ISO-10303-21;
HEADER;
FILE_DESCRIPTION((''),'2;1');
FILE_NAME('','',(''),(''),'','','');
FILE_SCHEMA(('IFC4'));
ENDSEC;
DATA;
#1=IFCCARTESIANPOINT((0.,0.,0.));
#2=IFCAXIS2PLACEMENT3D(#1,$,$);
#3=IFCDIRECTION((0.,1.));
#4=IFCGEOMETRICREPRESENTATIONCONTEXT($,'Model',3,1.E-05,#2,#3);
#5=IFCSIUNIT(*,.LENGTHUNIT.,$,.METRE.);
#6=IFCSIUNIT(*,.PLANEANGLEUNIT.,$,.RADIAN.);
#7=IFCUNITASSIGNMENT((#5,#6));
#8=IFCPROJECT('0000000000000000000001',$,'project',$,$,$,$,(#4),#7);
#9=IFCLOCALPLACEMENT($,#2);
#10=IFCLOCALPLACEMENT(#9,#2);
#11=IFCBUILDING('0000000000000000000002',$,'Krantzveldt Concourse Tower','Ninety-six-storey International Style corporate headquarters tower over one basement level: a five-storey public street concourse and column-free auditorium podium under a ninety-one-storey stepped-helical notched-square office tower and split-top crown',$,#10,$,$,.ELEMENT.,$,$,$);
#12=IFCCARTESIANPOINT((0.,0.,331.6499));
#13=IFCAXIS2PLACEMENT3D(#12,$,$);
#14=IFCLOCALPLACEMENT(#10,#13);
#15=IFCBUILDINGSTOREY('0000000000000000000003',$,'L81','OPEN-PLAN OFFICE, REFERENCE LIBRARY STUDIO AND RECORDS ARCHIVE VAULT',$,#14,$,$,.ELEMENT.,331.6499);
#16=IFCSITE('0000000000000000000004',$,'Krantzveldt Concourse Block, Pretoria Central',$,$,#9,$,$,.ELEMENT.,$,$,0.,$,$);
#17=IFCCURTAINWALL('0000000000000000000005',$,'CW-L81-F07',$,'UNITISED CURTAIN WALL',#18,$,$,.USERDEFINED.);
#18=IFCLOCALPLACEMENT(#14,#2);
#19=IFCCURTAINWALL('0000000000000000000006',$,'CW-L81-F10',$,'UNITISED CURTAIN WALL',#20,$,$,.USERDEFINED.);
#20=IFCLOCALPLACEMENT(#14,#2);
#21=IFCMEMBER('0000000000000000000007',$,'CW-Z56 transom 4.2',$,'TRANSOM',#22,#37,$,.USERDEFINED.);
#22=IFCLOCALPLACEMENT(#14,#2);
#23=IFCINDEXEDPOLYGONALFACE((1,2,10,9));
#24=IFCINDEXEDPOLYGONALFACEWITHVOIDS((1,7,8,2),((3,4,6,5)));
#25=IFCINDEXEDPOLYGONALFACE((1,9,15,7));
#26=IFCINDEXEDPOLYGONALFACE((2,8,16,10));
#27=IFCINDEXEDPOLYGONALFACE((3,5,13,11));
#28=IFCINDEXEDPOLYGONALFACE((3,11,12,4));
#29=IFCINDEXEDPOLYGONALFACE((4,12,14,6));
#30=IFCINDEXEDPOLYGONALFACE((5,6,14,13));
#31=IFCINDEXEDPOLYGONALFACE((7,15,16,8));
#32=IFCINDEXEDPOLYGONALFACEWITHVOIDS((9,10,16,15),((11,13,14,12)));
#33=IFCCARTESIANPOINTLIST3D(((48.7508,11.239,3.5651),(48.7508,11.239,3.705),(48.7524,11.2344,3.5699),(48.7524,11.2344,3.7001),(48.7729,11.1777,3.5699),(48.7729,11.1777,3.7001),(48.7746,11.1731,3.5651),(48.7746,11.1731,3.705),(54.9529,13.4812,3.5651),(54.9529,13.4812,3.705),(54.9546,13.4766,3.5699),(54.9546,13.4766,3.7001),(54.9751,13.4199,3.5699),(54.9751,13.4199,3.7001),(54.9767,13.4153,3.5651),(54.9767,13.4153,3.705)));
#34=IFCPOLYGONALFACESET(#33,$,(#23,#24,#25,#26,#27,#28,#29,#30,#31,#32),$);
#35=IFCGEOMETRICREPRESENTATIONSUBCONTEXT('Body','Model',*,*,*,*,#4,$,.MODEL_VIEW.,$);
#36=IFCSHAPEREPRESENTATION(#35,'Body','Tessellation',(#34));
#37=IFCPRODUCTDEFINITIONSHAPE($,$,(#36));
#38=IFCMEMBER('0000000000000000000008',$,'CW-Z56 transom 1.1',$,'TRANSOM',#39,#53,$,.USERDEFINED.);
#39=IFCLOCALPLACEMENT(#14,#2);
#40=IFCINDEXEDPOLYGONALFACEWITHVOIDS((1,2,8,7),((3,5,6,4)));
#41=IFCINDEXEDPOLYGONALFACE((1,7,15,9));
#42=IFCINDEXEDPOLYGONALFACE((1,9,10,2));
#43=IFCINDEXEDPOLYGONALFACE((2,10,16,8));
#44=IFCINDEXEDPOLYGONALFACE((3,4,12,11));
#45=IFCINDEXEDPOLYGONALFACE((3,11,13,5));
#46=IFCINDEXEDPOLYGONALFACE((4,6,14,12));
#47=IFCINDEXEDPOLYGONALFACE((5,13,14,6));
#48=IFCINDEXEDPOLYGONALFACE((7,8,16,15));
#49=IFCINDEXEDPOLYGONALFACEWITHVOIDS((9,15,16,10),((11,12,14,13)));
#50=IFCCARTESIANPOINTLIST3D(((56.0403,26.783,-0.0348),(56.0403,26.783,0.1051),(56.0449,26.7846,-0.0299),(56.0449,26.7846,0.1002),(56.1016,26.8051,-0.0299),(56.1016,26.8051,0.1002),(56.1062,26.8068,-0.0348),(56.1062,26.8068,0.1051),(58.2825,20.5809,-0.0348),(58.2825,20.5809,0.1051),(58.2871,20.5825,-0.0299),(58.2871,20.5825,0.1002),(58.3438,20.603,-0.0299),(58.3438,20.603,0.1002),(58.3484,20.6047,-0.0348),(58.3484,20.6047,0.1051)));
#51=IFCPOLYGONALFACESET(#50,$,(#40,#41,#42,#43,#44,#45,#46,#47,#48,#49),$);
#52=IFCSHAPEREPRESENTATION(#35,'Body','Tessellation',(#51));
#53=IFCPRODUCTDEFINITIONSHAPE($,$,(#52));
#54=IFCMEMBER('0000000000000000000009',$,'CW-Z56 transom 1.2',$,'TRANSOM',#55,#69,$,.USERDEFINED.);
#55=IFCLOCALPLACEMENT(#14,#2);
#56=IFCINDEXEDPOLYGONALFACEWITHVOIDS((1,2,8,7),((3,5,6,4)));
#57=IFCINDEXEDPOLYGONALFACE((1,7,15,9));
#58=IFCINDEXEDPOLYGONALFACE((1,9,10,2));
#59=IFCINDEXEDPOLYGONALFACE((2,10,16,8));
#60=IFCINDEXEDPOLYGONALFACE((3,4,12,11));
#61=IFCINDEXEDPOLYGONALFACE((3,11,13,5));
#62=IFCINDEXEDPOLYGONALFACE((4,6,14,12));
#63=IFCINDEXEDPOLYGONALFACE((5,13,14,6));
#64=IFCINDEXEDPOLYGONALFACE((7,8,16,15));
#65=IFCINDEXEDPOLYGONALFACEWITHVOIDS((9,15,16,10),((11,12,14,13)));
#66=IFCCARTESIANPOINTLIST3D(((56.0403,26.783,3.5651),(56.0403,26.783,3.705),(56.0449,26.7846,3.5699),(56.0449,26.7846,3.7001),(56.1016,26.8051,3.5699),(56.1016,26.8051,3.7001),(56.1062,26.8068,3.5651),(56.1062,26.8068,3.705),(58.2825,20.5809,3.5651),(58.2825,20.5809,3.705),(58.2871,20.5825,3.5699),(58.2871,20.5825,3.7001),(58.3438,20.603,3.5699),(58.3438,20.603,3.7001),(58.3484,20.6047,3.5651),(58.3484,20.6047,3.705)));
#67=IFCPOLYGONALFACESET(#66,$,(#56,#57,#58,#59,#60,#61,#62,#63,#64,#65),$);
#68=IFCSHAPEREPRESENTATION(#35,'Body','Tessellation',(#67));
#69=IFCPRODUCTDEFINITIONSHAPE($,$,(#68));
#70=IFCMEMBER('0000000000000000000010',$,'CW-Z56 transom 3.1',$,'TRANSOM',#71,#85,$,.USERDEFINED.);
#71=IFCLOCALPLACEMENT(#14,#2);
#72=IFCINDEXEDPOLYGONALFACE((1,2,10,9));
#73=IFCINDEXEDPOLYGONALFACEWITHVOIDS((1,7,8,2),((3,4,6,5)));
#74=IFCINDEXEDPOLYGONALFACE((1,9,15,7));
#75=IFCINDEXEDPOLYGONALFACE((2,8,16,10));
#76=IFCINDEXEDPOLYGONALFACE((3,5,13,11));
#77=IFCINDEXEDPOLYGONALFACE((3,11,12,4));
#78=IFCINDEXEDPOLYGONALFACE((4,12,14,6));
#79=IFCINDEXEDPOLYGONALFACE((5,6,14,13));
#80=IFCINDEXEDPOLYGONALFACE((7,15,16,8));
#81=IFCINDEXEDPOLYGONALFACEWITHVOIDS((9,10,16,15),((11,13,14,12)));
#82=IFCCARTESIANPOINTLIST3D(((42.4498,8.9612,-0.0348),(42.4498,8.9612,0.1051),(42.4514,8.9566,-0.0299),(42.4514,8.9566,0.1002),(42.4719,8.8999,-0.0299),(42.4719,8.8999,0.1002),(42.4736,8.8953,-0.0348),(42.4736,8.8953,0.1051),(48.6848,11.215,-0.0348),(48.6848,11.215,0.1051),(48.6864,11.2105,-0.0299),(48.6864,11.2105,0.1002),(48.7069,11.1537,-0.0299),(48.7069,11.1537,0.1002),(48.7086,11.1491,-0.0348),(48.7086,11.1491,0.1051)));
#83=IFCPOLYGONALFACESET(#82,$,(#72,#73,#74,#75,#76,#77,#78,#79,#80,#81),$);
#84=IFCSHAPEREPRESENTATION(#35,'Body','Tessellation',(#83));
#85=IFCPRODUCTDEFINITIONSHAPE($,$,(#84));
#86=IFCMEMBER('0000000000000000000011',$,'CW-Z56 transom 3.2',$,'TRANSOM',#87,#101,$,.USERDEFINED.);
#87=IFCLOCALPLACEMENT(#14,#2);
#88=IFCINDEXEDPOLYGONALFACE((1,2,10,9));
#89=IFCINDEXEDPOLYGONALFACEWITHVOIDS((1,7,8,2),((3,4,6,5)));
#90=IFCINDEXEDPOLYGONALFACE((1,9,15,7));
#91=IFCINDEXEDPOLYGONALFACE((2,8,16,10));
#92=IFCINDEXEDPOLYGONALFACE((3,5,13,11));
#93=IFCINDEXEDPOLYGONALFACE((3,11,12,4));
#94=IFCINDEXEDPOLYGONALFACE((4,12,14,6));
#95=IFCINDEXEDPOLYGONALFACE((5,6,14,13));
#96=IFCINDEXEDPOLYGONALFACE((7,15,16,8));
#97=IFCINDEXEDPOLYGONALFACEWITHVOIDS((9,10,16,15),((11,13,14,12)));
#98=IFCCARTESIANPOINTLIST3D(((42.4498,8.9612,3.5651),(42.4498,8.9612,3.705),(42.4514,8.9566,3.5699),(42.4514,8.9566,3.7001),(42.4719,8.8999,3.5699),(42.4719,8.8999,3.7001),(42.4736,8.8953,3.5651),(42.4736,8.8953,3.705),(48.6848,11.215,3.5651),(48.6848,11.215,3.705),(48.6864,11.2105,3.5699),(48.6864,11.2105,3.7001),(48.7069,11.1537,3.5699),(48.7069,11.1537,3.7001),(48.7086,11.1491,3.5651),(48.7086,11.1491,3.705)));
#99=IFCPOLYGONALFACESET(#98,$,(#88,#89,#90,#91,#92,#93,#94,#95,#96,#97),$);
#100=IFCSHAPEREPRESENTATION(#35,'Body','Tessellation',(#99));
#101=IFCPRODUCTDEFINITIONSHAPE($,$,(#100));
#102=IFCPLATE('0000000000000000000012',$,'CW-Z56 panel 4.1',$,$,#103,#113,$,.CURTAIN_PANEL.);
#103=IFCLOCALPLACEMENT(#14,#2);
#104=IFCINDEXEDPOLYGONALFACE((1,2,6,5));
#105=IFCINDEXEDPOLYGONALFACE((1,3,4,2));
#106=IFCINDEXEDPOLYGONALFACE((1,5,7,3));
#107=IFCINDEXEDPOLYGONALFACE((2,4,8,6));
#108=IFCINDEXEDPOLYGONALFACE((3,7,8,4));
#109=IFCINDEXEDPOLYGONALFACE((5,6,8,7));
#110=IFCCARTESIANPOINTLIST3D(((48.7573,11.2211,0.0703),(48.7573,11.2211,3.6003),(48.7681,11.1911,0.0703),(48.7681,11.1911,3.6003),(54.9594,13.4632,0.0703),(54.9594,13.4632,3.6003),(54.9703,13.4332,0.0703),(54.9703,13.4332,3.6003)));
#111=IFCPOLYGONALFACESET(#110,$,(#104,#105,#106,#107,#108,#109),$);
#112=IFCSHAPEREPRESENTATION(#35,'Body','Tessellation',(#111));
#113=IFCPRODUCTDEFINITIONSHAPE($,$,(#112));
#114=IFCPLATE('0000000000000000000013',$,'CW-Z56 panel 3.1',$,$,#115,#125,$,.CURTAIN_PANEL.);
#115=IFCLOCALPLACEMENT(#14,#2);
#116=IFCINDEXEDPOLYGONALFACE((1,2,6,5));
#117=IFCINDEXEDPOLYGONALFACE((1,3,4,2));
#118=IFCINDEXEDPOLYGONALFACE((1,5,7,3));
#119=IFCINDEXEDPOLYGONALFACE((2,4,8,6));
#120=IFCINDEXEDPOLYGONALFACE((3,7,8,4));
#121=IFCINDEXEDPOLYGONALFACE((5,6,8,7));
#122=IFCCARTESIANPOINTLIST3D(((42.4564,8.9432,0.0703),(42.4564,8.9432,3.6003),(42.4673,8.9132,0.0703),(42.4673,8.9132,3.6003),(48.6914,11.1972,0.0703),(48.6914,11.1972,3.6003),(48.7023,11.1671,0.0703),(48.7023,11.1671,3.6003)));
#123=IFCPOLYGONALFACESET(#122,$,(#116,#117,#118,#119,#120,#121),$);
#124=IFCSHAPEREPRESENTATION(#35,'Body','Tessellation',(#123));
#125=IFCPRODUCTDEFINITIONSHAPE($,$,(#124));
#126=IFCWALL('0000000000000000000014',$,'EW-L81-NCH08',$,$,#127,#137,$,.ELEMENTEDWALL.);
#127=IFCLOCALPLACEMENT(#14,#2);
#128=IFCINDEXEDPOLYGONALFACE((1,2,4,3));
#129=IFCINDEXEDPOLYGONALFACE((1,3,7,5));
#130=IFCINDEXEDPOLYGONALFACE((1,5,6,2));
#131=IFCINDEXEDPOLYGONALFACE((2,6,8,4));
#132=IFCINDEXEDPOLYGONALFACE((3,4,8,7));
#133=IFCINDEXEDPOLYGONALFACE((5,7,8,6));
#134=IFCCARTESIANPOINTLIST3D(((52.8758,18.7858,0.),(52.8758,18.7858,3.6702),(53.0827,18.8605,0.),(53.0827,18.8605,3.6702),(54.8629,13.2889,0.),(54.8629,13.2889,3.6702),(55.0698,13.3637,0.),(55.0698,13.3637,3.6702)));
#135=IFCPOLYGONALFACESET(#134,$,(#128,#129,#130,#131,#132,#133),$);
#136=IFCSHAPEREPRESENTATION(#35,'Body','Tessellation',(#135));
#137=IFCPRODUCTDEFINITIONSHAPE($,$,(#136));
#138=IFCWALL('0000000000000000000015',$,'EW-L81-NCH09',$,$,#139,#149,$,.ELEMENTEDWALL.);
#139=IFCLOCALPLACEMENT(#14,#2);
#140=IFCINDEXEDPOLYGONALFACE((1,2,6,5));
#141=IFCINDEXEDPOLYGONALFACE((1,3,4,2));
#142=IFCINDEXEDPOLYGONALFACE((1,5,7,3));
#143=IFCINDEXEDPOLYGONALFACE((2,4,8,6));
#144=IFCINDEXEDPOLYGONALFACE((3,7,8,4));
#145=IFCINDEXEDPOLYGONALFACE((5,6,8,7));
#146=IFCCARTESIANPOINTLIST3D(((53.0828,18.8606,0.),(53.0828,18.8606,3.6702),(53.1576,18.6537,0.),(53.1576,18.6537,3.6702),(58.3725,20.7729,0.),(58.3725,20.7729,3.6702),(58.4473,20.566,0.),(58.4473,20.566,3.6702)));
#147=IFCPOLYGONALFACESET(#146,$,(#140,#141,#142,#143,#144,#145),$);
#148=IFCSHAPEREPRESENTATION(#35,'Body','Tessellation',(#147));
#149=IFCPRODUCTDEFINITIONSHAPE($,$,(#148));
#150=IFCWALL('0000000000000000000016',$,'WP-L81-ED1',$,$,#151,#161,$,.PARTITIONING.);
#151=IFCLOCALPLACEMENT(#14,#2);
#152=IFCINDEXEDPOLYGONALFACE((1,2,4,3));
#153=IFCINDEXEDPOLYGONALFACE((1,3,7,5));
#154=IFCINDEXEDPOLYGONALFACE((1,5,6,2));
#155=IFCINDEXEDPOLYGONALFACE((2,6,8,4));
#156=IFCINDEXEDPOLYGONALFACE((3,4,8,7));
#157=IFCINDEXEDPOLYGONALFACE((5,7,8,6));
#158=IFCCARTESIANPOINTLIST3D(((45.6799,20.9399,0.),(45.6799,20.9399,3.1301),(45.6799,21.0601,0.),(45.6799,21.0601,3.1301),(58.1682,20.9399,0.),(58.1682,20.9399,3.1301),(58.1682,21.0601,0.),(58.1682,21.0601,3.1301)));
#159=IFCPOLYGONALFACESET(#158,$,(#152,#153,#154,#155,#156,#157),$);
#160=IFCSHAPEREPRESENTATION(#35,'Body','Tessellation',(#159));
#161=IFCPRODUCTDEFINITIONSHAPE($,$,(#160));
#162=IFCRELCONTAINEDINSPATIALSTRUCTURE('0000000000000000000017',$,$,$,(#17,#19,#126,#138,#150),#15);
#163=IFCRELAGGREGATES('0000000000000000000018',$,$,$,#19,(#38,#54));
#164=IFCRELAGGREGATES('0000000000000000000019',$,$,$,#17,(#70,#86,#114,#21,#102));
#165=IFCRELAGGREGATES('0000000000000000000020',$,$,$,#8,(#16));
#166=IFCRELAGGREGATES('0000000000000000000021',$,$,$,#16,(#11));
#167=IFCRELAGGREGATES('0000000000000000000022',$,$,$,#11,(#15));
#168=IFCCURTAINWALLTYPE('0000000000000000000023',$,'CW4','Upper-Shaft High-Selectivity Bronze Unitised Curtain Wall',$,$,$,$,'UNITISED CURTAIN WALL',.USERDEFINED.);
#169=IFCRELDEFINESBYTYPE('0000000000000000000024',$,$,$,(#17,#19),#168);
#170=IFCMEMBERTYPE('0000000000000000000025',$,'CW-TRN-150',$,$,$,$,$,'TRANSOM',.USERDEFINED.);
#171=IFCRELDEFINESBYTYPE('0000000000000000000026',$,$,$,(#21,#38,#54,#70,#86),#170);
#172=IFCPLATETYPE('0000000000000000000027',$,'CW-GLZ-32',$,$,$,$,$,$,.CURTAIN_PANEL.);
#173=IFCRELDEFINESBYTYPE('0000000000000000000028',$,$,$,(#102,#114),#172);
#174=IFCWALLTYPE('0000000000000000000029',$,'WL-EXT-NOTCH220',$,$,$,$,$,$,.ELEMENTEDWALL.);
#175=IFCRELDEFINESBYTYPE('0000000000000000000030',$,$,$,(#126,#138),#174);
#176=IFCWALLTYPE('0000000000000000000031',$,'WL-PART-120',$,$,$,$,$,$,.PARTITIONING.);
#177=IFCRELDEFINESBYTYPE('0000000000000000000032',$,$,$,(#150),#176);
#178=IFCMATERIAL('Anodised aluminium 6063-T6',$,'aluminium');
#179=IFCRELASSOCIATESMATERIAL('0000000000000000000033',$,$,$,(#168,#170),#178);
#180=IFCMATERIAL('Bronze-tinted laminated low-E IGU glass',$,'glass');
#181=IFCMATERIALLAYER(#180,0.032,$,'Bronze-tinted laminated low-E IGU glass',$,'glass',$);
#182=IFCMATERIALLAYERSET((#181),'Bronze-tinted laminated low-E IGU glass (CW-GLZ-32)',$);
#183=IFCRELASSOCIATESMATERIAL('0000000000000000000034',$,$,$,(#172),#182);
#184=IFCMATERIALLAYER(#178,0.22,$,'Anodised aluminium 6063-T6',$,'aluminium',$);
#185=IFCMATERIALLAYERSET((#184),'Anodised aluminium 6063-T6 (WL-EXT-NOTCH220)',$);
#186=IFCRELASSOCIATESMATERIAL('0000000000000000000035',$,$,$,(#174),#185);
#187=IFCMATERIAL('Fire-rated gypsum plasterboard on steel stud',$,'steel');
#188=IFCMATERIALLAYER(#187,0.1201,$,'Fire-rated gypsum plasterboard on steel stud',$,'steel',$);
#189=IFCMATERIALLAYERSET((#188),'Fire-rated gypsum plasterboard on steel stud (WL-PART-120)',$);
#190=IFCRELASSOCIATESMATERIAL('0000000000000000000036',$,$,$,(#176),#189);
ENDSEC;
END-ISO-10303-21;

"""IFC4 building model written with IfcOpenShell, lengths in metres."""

from ifc_helpers import new_model, si_unit, direction, frame, frame_2d, origin, origin_2d, place, context, subcontext, project, spatial, rectangle, hollow_rectangle, extrude, source, transform, mapped, material, layer, layer_set, material_profile, profile_set, type_object, type_shapes, element, aggregate, save


model = new_model("IFC4")

# Units and contexts
model_context = context("Model", 3, precision=1e-05, world=origin(), true_north=direction((0.0, 1.0)))
body_context = subcontext(model_context, "Body", "Model", "MODEL_VIEW")
ifc_project = project(units=[si_unit("LENGTHUNIT", "METRE"), si_unit("PLANEANGLEUNIT", "RADIAN")], contexts=[model_context])

# Site, building, storey
site_placement = place(None, origin())
site = spatial("IfcSite", under=ifc_project, at=site_placement, Name="Krantzveldt Concourse Block, Pretoria Central", CompositionType="ELEMENT", RefElevation=0.0)
building_placement = place(site_placement, origin())
building = spatial("IfcBuilding", under=site, at=building_placement, Name="Krantzveldt Concourse Tower", Description="Ninety-six-storey International Style corporate headquarters tower over one basement level: a five-storey public street concourse and column-free auditorium podium under a ninety-one-storey stepped-helical notched-square office tower and split-top crown", CompositionType="ELEMENT")
storey_placement = place(building_placement, frame((0.0, 0.0, 331.6499)))
storey = spatial("IfcBuildingStorey", under=building, at=storey_placement, Name="L81", Description="OPEN-PLAN OFFICE, REFERENCE LIBRARY STUDIO AND RECORDS ARCHIVE VAULT", CompositionType="ELEMENT", Elevation=331.6499)

# Curtain wall
ifc_material_1 = material(Name="Anodised aluminium 6063-T6", Category="aluminium")
curtain_wall_type = type_object("IfcCurtainWallType", Name="CW4", Description="Upper-Shaft High-Selectivity Bronze Unitised Curtain Wall", ElementType="UNITISED CURTAIN WALL", PredefinedType="USERDEFINED", material=ifc_material_1)
curtain_wall_1_placement = place(storey_placement, origin())
curtain_wall_1 = element("IfcCurtainWall", 1, at=curtain_wall_1_placement, inside=storey, type_object=curtain_wall_type, Name="CW-L81-F07", ObjectType="UNITISED CURTAIN WALL", PredefinedType="USERDEFINED")

# Curtain wall
curtain_wall_2_placement = place(storey_placement, origin())
curtain_wall_2 = element("IfcCurtainWall", 2, at=curtain_wall_2_placement, inside=storey, type_object=curtain_wall_type, Name="CW-L81-F10", ObjectType="UNITISED CURTAIN WALL", PredefinedType="USERDEFINED")

# Members
ifc_material_profile_1 = material_profile(ifc_material_1, hollow_rectangle(XDim=0.0701, YDim=0.1399, WallThickness=0.0049, at=origin_2d()), Name="Anodised aluminium 6063-T6", Category="aluminium")
ifc_profile_set_1 = profile_set([ifc_material_profile_1], Name="Anodised aluminium 6063-T6 - ALU-TRAN 140x70x5")
member_type_1 = type_object("IfcMemberType", Name="CW-TRN-150", ElementType="TRANSOM", PredefinedType="USERDEFINED", material=ifc_profile_set_1)
shared_shape_1 = source(origin(), body_context, "Body", "SweptSolid", [
    extrude(hollow_rectangle(XDim=0.0701, YDim=0.1399, WallThickness=0.0049, at=origin_2d()), origin(), (0.0, 0.0, 1.0), 6.595),
])
member_1_placement = place(storey_placement, frame((48.7627, 11.2061, 3.635), z_axis=(0.940432, 0.339983, 0.0), x_axis=(-0.339983, 0.940432, 0.0)))
member_1 = element("IfcMember", 3, at=member_1_placement, type_object=member_type_1, Name="CW-Z56 transom 4.2", ObjectType="TRANSOM", PredefinedType="USERDEFINED", context=body_context, shape_type="MappedRepresentation", body=[
    mapped(shared_shape_1, transform((0.0, 0.0, 0.0), x_axis=(1.0, 0.0, 0.0), y_axis=(0.0, 1.0, 0.0), z_axis=(0.0, 0.0, 1.0), scale=1.0)),
])
member_2_placement = place(storey_placement, frame((58.3154, 20.5928, 0.0352), z_axis=(-0.339983, 0.940432, 0.0), x_axis=(-0.940432, -0.339983, 0.0)))
member_2 = element("IfcMember", 4, at=member_2_placement, type_object=member_type_1, Name="CW-Z56 transom 1.1", ObjectType="TRANSOM", PredefinedType="USERDEFINED", context=body_context, shape_type="MappedRepresentation", body=[
    mapped(shared_shape_1, transform((0.0, 0.0, 0.0), x_axis=(1.0, 0.0, 0.0), y_axis=(0.0, 1.0, 0.0), z_axis=(0.0, 0.0, 1.0), scale=1.0)),
])
member_3_placement = place(storey_placement, frame((58.3154, 20.5928, 3.635), z_axis=(-0.339983, 0.940432, 0.0), x_axis=(-0.940432, -0.339983, 0.0)))
member_3 = element("IfcMember", 5, at=member_3_placement, type_object=member_type_1, Name="CW-Z56 transom 1.2", ObjectType="TRANSOM", PredefinedType="USERDEFINED", context=body_context, shape_type="MappedRepresentation", body=[
    mapped(shared_shape_1, transform((0.0, 0.0, 0.0), x_axis=(1.0, 0.0, 0.0), y_axis=(0.0, 1.0, 0.0), z_axis=(0.0, 0.0, 1.0), scale=1.0)),
])
aggregate(curtain_wall_2, [member_2, member_3])
shared_shape_2 = source(origin(), body_context, "Body", "SweptSolid", [
    extrude(hollow_rectangle(XDim=0.0701, YDim=0.1399, WallThickness=0.0049, at=origin_2d()), origin(), (0.0, 0.0, 1.0), 6.6299),
])
type_shapes(member_type_1, [shared_shape_1, shared_shape_2])
member_4_placement = place(storey_placement, frame((42.4617, 8.9282, 0.0352), z_axis=(0.940441, 0.339957, 0.0), x_axis=(-0.339957, 0.940441, 0.0)))
member_4 = element("IfcMember", 6, at=member_4_placement, type_object=member_type_1, Name="CW-Z56 transom 3.1", ObjectType="TRANSOM", PredefinedType="USERDEFINED", context=body_context, shape_type="MappedRepresentation", body=[
    mapped(shared_shape_2, transform((0.0, 0.0, 0.0), x_axis=(1.0, 0.0, 0.0), y_axis=(0.0, 1.0, 0.0), z_axis=(0.0, 0.0, 1.0), scale=1.0)),
])
member_5_placement = place(storey_placement, frame((42.4617, 8.9282, 3.635), z_axis=(0.940441, 0.339957, 0.0), x_axis=(-0.339957, 0.940441, 0.0)))
member_5 = element("IfcMember", 7, at=member_5_placement, type_object=member_type_1, Name="CW-Z56 transom 3.2", ObjectType="TRANSOM", PredefinedType="USERDEFINED", context=body_context, shape_type="MappedRepresentation", body=[
    mapped(shared_shape_2, transform((0.0, 0.0, 0.0), x_axis=(1.0, 0.0, 0.0), y_axis=(0.0, 1.0, 0.0), z_axis=(0.0, 0.0, 1.0), scale=1.0)),
])

# Plates
ifc_material_2 = material(Name="Bronze-tinted laminated low-E IGU glass", Category="glass")
ifc_layer_1 = layer(ifc_material_2, 0.032, Name="Bronze-tinted laminated low-E IGU glass", Category="glass")
ifc_layer_set_1 = layer_set([ifc_layer_1], Name="Bronze-tinted laminated low-E IGU glass (CW-GLZ-32)")
plate_type = type_object("IfcPlateType", Name="CW-GLZ-32", PredefinedType="CURTAIN_PANEL", material=ifc_layer_set_1)
shared_shape_3 = source(origin(), body_context, "Body", "SweptSolid", [
    extrude(rectangle(XDim=6.595, YDim=0.032, at=origin_2d()), origin(), (0.0, 0.0, 1.0), 3.53),
])
plate_1_placement = place(storey_placement, frame((51.8638, 12.3271, 0.0703), z_axis=(0.0, 0.0, 1.0), x_axis=(0.940437, 0.339969, 0.0)))
plate_1 = element("IfcPlate", 8, at=plate_1_placement, type_object=plate_type, Name="CW-Z56 panel 4.1", PredefinedType="CURTAIN_PANEL", context=body_context, shape_type="MappedRepresentation", body=[
    mapped(shared_shape_3, transform((0.0, 0.0, 0.0), x_axis=(1.0, 0.0, 0.0), y_axis=(0.0, 1.0, 0.0), z_axis=(0.0, 0.0, 1.0), scale=1.0)),
])
shared_shape_4 = source(origin(), body_context, "Body", "SweptSolid", [
    extrude(rectangle(XDim=6.6299, YDim=0.032, at=origin_2d()), origin(), (0.0, 0.0, 1.0), 3.53),
])
type_shapes(plate_type, [shared_shape_3, shared_shape_4])
plate_2_placement = place(storey_placement, frame((45.5793, 10.0552, 0.0703), z_axis=(0.0, 0.0, 1.0), x_axis=(0.940437, 0.339969, 0.0)))
plate_2 = element("IfcPlate", 9, at=plate_2_placement, type_object=plate_type, Name="CW-Z56 panel 3.1", PredefinedType="CURTAIN_PANEL", context=body_context, shape_type="MappedRepresentation", body=[
    mapped(shared_shape_4, transform((0.0, 0.0, 0.0), x_axis=(1.0, 0.0, 0.0), y_axis=(0.0, 1.0, 0.0), z_axis=(0.0, 0.0, 1.0), scale=1.0)),
])
aggregate(curtain_wall_1, [member_4, member_5, plate_2, member_1, plate_1])

# Walls
ifc_layer_2 = layer(ifc_material_1, 0.22, Name="Anodised aluminium 6063-T6", Category="aluminium")
ifc_layer_set_2 = layer_set([ifc_layer_2], Name="Anodised aluminium 6063-T6 (WL-EXT-NOTCH220)")
wall_type_1 = type_object("IfcWallType", Name="WL-EXT-NOTCH220", PredefinedType="ELEMENTEDWALL", material=ifc_layer_set_2)
wall_1_placement = place(storey_placement, frame((54.9663, 13.3264, 0.0), z_axis=(0.0, 0.0, 1.0), x_axis=(-0.339962, 0.940439, 0.0)))
element("IfcWall", 10, at=wall_1_placement, inside=storey, type_object=wall_type_1, Name="EW-L81-NCH08", PredefinedType="ELEMENTEDWALL", context=body_context, shape_type="SweptSolid", body=[
    extrude(rectangle(XDim=5.845, YDim=0.22, at=frame_2d((2.9224, 0.0))), origin(), (0.0, 0.0, 1.0), 3.6702),
])
wall_2_placement = place(storey_placement, frame((53.1201, 18.7571, 0.0), z_axis=(0.0, 0.0, 1.0), x_axis=(0.940432, 0.339983, 0.0)))
element("IfcWall", 11, at=wall_2_placement, inside=storey, type_object=wall_type_1, Name="EW-L81-NCH09", PredefinedType="ELEMENTEDWALL", context=body_context, shape_type="SweptSolid", body=[
    extrude(rectangle(XDim=5.6248, YDim=0.22, at=frame_2d((2.8125, 0.0))), origin(), (0.0, 0.0, 1.0), 3.6702),
])
ifc_material_3 = material(Name="Fire-rated gypsum plasterboard on steel stud", Category="steel")
ifc_layer_3 = layer(ifc_material_3, 0.1201, Name="Fire-rated gypsum plasterboard on steel stud", Category="steel")
ifc_layer_set_3 = layer_set([ifc_layer_3], Name="Fire-rated gypsum plasterboard on steel stud (WL-PART-120)")
wall_type_2 = type_object("IfcWallType", Name="WL-PART-120", PredefinedType="PARTITIONING", material=ifc_layer_set_3)
wall_3_placement = place(storey_placement, frame((45.6799, 21.0, 0.0), z_axis=(0.0, 0.0, 1.0), x_axis=(1.0, 0.0, 0.0)))
element("IfcWall", 12, at=wall_3_placement, inside=storey, type_object=wall_type_2, Name="WP-L81-ED1", PredefinedType="PARTITIONING", context=body_context, shape_type="SweptSolid", body=[
    extrude(rectangle(XDim=12.4883, YDim=0.1201, at=frame_2d((6.2441, 0.0))), origin(), (0.0, 0.0, 1.0), 3.1301),
])

save(model, "model.ifc")
